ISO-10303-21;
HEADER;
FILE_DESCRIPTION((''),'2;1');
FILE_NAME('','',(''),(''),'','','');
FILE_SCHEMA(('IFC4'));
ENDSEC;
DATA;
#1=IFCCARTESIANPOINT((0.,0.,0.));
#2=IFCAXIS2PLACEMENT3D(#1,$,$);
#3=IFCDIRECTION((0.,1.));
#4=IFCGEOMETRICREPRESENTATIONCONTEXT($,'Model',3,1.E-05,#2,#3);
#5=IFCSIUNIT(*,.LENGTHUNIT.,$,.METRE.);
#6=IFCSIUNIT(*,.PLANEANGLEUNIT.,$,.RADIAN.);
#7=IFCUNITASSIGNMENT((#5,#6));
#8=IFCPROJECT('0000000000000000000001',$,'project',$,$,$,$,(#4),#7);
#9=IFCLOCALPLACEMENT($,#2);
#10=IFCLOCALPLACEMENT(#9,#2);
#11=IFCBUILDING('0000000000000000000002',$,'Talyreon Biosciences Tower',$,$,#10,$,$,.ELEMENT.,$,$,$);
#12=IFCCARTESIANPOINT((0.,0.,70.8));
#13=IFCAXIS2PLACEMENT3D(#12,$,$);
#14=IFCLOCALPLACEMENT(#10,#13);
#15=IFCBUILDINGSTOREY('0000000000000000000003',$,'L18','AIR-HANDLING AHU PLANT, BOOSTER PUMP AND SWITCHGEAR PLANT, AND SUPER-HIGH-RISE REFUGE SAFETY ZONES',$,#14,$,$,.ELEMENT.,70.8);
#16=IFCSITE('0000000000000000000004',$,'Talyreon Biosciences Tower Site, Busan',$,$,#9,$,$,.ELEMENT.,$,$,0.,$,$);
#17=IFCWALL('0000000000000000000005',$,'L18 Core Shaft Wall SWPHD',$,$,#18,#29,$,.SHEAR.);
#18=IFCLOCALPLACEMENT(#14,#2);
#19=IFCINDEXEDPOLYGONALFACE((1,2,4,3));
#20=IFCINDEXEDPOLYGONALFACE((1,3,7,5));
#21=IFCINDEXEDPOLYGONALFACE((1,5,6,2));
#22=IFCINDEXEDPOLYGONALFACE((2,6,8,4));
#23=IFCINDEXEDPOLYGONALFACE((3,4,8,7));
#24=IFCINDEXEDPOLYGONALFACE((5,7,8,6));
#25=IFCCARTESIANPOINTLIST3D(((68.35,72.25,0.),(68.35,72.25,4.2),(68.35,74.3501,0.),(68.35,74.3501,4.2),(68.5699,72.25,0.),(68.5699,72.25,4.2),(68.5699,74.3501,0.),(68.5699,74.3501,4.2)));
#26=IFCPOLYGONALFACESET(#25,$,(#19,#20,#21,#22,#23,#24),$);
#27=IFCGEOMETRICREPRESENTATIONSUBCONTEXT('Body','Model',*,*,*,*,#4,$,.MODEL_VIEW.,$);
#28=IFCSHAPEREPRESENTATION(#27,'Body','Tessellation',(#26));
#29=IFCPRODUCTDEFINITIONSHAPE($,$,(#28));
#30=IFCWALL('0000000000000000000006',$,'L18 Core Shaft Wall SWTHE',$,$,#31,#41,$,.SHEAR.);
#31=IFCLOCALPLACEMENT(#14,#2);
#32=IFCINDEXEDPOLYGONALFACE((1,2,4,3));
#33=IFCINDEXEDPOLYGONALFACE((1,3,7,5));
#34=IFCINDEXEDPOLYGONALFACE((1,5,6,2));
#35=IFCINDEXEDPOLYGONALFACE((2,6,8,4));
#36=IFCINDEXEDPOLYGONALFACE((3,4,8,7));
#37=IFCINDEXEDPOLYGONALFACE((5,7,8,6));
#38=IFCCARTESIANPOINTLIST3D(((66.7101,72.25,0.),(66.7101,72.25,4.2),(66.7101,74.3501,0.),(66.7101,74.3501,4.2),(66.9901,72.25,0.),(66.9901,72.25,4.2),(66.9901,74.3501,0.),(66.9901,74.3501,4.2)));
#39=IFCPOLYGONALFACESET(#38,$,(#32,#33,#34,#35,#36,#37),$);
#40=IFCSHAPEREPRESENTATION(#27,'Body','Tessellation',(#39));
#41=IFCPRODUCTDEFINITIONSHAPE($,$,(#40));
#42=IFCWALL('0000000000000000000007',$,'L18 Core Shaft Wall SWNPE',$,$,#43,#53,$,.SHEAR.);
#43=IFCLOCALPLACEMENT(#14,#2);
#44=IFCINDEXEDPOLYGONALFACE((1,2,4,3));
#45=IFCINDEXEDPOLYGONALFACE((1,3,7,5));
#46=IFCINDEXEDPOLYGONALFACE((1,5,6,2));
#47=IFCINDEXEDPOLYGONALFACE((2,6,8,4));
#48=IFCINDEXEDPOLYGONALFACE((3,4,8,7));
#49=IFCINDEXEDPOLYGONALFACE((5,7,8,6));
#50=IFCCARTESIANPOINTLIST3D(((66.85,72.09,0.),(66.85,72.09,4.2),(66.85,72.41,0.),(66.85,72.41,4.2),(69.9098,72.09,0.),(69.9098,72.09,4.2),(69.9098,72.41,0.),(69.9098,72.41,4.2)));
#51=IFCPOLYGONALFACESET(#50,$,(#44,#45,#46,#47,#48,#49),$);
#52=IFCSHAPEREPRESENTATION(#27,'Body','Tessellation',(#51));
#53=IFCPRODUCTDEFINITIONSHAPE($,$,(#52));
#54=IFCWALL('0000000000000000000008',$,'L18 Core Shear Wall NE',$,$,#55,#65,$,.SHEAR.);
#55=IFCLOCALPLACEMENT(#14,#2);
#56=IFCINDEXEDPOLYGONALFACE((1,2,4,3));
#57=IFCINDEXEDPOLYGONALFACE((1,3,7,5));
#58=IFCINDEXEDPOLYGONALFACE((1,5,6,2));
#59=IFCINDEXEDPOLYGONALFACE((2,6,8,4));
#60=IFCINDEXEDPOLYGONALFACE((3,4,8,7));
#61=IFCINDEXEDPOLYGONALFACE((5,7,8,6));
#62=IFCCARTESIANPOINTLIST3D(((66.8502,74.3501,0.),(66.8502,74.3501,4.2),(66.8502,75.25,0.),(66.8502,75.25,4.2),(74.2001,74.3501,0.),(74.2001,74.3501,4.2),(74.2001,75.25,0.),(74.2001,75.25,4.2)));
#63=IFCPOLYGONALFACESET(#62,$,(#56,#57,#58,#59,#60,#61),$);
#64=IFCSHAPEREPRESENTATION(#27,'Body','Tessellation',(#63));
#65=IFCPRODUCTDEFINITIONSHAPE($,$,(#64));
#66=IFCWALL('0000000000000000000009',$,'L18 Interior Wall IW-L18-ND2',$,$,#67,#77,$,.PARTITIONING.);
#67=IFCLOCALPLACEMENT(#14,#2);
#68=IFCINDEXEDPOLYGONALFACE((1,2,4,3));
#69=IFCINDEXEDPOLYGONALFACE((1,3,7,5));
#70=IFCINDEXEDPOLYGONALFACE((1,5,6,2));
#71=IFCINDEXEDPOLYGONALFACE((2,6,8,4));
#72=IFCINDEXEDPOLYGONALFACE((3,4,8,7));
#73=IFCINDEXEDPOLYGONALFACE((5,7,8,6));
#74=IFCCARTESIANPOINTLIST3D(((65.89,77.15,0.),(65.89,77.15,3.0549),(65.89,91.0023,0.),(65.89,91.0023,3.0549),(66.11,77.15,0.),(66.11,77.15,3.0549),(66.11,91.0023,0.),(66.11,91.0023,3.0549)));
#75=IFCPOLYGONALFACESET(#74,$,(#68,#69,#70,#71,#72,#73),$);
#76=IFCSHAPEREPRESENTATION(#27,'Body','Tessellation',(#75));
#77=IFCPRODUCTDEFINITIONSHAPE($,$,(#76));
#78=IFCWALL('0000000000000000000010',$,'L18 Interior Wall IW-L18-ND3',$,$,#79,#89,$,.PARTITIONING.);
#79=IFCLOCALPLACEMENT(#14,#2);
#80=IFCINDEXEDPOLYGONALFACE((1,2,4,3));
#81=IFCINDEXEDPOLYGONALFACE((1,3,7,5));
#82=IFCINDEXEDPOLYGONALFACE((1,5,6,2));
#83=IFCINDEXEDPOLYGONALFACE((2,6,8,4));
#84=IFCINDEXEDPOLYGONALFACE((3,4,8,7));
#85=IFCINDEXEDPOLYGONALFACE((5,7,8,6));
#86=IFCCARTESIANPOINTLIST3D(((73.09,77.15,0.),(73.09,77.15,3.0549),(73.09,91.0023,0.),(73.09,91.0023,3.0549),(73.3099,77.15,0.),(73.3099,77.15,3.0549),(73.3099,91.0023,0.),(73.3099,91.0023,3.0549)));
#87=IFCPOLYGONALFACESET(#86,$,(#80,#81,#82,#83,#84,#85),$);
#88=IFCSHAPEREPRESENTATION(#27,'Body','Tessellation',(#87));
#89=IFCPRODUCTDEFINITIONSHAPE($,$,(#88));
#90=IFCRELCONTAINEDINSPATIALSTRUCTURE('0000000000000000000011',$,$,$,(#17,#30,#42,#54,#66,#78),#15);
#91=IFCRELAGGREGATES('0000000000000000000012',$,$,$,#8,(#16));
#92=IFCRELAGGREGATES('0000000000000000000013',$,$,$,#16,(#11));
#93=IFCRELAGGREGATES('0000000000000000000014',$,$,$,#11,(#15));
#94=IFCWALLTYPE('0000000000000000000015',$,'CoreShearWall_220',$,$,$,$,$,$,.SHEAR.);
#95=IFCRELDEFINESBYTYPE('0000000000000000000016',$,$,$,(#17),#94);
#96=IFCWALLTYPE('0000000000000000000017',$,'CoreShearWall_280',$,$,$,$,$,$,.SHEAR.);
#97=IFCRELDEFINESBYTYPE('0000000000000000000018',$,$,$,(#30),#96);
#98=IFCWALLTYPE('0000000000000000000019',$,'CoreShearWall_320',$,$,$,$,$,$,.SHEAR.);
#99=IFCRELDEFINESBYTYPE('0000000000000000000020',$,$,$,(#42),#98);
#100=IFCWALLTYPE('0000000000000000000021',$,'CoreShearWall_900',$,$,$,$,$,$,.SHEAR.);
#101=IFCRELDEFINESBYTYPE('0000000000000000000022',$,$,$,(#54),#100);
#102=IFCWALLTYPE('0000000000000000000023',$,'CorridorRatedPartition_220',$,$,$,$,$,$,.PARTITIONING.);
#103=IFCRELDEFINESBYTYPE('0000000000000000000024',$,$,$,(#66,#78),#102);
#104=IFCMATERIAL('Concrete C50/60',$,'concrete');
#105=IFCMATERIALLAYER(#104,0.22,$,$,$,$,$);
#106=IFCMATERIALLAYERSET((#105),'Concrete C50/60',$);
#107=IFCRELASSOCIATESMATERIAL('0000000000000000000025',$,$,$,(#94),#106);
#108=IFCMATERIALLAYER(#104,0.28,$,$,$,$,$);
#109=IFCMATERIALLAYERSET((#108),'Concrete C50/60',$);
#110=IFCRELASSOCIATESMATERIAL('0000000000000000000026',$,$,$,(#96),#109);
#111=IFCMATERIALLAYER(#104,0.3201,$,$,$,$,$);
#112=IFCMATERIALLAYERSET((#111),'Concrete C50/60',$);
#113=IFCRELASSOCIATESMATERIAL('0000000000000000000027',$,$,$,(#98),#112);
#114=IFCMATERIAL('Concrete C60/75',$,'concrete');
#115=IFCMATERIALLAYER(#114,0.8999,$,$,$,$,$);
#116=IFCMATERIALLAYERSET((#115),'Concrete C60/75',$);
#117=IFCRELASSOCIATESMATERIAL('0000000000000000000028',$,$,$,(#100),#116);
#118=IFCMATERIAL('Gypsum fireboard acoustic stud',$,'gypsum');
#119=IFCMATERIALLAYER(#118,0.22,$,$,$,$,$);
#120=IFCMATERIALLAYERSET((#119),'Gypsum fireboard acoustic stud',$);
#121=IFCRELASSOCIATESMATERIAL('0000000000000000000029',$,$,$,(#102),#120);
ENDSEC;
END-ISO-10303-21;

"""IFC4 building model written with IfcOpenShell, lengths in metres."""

from ifc_helpers import new_model, si_unit, direction, frame, frame_2d, origin, place, context, subcontext, project, spatial, rectangle, extrude, material, layer, layer_set, type_object, element, save


model = new_model("IFC4")

# Units and contexts
model_context = context("Model", 3, precision=1e-05, world=origin(), true_north=direction((0.0, 1.0)))
body_context = subcontext(model_context, "Body", "Model", "MODEL_VIEW")
ifc_project = project(units=[si_unit("LENGTHUNIT", "METRE"), si_unit("PLANEANGLEUNIT", "RADIAN")], contexts=[model_context])

# Site, building, storey
site_placement = place(None, origin())
site = spatial("IfcSite", under=ifc_project, at=site_placement, Name="Talyreon Biosciences Tower Site, Busan", CompositionType="ELEMENT", RefElevation=0.0)
building_placement = place(site_placement, origin())
building = spatial("IfcBuilding", under=site, at=building_placement, Name="Talyreon Biosciences Tower", CompositionType="ELEMENT")
storey_placement = place(building_placement, frame((0.0, 0.0, 70.8)))
storey = spatial("IfcBuildingStorey", under=building, at=storey_placement, Name="L18", Description="AIR-HANDLING AHU PLANT, BOOSTER PUMP AND SWITCHGEAR PLANT, AND SUPER-HIGH-RISE REFUGE SAFETY ZONES", CompositionType="ELEMENT", Elevation=70.8)

# Shared definitions
ifc_material_1 = material(Name="Concrete C60/75", Category="concrete")

# Walls
ifc_material_2 = material(Name="Concrete C50/60", Category="concrete")
ifc_layer_1 = layer(ifc_material_2, 0.22)
ifc_layer_set_1 = layer_set([ifc_layer_1], Name="Concrete C50/60")
wall_type_1 = type_object("IfcWallType", Name="CoreShearWall_220", PredefinedType="SHEAR", material=ifc_layer_set_1)
wall_1_placement = place(storey_placement, frame((68.46, 72.25, 0.0), z_axis=(0.0, 0.0, 1.0), x_axis=(0.0, 1.0, 0.0)))
element("IfcWall", 1, at=wall_1_placement, inside=storey, type_object=wall_type_1, Name="L18 Core Shaft Wall SWPHD", PredefinedType="SHEAR", context=body_context, shape_type="SweptSolid", body=[
    extrude(rectangle(XDim=2.1001, YDim=0.22, at=frame_2d((1.05, 0.0))), origin(), (0.0, 0.0, 1.0), 4.2),
])
ifc_layer_2 = layer(ifc_material_2, 0.28)
ifc_layer_set_2 = layer_set([ifc_layer_2], Name="Concrete C50/60")
wall_type_2 = type_object("IfcWallType", Name="CoreShearWall_280", PredefinedType="SHEAR", material=ifc_layer_set_2)
wall_2_placement = place(storey_placement, frame((66.8501, 72.25, 0.0), z_axis=(0.0, 0.0, 1.0), x_axis=(0.0, 1.0, 0.0)))
element("IfcWall", 2, at=wall_2_placement, inside=storey, type_object=wall_type_2, Name="L18 Core Shaft Wall SWTHE", PredefinedType="SHEAR", context=body_context, shape_type="SweptSolid", body=[
    extrude(rectangle(XDim=2.1001, YDim=0.28, at=frame_2d((1.05, 0.0))), origin(), (0.0, 0.0, 1.0), 4.2),
])
ifc_layer_3 = layer(ifc_material_2, 0.3201)
ifc_layer_set_3 = layer_set([ifc_layer_3], Name="Concrete C50/60")
wall_type_3 = type_object("IfcWallType", Name="CoreShearWall_320", PredefinedType="SHEAR", material=ifc_layer_set_3)
wall_3_placement = place(storey_placement, frame((66.8501, 72.25, 0.0), z_axis=(0.0, 0.0, 1.0), x_axis=(1.0, 0.0, 0.0)))
element("IfcWall", 3, at=wall_3_placement, inside=storey, type_object=wall_type_3, Name="L18 Core Shaft Wall SWNPE", PredefinedType="SHEAR", context=body_context, shape_type="SweptSolid", body=[
    extrude(rectangle(XDim=3.0598, YDim=0.3201, at=frame_2d((1.5298, 0.0))), origin(), (0.0, 0.0, 1.0), 4.2),
])
ifc_layer_4 = layer(ifc_material_1, 0.8999)
ifc_layer_set_4 = layer_set([ifc_layer_4], Name="Concrete C60/75")
wall_type_4 = type_object("IfcWallType", Name="CoreShearWall_900", PredefinedType="SHEAR", material=ifc_layer_set_4)
wall_4_placement = place(storey_placement, frame((74.2, 74.8, 0.0), z_axis=(0.0, 0.0, 1.0), x_axis=(-1.0, 0.0, 0.0)))
element("IfcWall", 4, at=wall_4_placement, inside=storey, type_object=wall_type_4, Name="L18 Core Shear Wall NE", PredefinedType="SHEAR", context=body_context, shape_type="SweptSolid", body=[
    extrude(rectangle(XDim=7.3499, YDim=0.8999, at=frame_2d((3.6748, 0.0))), origin(), (0.0, 0.0, 1.0), 4.2),
])
ifc_material_3 = material(Name="Gypsum fireboard acoustic stud", Category="gypsum")
ifc_layer_5 = layer(ifc_material_3, 0.22)
ifc_layer_set_5 = layer_set([ifc_layer_5], Name="Gypsum fireboard acoustic stud")
wall_type_5 = type_object("IfcWallType", Name="CorridorRatedPartition_220", PredefinedType="PARTITIONING", material=ifc_layer_set_5)
for number, where, z_axis, x_axis, name in (
    (5, (66.0, 77.1499, 0.0), (0.0, 0.0, 1.0), (0.0, 1.0, 0.0), "L18 Interior Wall IW-L18-ND2"),
    (6, (73.2, 77.1499, 0.0), (0.0, 0.0, 1.0), (0.0, 1.0, 0.0), "L18 Interior Wall IW-L18-ND3"),
):
    element("IfcWall", number, at=place(storey_placement, frame(where, z_axis=z_axis, x_axis=x_axis)), inside=storey, type_object=wall_type_5, Name=name, PredefinedType="PARTITIONING", context=body_context, shape_type="SweptSolid", body=[
        extrude(rectangle(XDim=13.8523, YDim=0.22, at=frame_2d((6.9263, 0.0))), origin(), (0.0, 0.0, 1.0), 3.0549),
    ])

save(model, "model.ifc")
